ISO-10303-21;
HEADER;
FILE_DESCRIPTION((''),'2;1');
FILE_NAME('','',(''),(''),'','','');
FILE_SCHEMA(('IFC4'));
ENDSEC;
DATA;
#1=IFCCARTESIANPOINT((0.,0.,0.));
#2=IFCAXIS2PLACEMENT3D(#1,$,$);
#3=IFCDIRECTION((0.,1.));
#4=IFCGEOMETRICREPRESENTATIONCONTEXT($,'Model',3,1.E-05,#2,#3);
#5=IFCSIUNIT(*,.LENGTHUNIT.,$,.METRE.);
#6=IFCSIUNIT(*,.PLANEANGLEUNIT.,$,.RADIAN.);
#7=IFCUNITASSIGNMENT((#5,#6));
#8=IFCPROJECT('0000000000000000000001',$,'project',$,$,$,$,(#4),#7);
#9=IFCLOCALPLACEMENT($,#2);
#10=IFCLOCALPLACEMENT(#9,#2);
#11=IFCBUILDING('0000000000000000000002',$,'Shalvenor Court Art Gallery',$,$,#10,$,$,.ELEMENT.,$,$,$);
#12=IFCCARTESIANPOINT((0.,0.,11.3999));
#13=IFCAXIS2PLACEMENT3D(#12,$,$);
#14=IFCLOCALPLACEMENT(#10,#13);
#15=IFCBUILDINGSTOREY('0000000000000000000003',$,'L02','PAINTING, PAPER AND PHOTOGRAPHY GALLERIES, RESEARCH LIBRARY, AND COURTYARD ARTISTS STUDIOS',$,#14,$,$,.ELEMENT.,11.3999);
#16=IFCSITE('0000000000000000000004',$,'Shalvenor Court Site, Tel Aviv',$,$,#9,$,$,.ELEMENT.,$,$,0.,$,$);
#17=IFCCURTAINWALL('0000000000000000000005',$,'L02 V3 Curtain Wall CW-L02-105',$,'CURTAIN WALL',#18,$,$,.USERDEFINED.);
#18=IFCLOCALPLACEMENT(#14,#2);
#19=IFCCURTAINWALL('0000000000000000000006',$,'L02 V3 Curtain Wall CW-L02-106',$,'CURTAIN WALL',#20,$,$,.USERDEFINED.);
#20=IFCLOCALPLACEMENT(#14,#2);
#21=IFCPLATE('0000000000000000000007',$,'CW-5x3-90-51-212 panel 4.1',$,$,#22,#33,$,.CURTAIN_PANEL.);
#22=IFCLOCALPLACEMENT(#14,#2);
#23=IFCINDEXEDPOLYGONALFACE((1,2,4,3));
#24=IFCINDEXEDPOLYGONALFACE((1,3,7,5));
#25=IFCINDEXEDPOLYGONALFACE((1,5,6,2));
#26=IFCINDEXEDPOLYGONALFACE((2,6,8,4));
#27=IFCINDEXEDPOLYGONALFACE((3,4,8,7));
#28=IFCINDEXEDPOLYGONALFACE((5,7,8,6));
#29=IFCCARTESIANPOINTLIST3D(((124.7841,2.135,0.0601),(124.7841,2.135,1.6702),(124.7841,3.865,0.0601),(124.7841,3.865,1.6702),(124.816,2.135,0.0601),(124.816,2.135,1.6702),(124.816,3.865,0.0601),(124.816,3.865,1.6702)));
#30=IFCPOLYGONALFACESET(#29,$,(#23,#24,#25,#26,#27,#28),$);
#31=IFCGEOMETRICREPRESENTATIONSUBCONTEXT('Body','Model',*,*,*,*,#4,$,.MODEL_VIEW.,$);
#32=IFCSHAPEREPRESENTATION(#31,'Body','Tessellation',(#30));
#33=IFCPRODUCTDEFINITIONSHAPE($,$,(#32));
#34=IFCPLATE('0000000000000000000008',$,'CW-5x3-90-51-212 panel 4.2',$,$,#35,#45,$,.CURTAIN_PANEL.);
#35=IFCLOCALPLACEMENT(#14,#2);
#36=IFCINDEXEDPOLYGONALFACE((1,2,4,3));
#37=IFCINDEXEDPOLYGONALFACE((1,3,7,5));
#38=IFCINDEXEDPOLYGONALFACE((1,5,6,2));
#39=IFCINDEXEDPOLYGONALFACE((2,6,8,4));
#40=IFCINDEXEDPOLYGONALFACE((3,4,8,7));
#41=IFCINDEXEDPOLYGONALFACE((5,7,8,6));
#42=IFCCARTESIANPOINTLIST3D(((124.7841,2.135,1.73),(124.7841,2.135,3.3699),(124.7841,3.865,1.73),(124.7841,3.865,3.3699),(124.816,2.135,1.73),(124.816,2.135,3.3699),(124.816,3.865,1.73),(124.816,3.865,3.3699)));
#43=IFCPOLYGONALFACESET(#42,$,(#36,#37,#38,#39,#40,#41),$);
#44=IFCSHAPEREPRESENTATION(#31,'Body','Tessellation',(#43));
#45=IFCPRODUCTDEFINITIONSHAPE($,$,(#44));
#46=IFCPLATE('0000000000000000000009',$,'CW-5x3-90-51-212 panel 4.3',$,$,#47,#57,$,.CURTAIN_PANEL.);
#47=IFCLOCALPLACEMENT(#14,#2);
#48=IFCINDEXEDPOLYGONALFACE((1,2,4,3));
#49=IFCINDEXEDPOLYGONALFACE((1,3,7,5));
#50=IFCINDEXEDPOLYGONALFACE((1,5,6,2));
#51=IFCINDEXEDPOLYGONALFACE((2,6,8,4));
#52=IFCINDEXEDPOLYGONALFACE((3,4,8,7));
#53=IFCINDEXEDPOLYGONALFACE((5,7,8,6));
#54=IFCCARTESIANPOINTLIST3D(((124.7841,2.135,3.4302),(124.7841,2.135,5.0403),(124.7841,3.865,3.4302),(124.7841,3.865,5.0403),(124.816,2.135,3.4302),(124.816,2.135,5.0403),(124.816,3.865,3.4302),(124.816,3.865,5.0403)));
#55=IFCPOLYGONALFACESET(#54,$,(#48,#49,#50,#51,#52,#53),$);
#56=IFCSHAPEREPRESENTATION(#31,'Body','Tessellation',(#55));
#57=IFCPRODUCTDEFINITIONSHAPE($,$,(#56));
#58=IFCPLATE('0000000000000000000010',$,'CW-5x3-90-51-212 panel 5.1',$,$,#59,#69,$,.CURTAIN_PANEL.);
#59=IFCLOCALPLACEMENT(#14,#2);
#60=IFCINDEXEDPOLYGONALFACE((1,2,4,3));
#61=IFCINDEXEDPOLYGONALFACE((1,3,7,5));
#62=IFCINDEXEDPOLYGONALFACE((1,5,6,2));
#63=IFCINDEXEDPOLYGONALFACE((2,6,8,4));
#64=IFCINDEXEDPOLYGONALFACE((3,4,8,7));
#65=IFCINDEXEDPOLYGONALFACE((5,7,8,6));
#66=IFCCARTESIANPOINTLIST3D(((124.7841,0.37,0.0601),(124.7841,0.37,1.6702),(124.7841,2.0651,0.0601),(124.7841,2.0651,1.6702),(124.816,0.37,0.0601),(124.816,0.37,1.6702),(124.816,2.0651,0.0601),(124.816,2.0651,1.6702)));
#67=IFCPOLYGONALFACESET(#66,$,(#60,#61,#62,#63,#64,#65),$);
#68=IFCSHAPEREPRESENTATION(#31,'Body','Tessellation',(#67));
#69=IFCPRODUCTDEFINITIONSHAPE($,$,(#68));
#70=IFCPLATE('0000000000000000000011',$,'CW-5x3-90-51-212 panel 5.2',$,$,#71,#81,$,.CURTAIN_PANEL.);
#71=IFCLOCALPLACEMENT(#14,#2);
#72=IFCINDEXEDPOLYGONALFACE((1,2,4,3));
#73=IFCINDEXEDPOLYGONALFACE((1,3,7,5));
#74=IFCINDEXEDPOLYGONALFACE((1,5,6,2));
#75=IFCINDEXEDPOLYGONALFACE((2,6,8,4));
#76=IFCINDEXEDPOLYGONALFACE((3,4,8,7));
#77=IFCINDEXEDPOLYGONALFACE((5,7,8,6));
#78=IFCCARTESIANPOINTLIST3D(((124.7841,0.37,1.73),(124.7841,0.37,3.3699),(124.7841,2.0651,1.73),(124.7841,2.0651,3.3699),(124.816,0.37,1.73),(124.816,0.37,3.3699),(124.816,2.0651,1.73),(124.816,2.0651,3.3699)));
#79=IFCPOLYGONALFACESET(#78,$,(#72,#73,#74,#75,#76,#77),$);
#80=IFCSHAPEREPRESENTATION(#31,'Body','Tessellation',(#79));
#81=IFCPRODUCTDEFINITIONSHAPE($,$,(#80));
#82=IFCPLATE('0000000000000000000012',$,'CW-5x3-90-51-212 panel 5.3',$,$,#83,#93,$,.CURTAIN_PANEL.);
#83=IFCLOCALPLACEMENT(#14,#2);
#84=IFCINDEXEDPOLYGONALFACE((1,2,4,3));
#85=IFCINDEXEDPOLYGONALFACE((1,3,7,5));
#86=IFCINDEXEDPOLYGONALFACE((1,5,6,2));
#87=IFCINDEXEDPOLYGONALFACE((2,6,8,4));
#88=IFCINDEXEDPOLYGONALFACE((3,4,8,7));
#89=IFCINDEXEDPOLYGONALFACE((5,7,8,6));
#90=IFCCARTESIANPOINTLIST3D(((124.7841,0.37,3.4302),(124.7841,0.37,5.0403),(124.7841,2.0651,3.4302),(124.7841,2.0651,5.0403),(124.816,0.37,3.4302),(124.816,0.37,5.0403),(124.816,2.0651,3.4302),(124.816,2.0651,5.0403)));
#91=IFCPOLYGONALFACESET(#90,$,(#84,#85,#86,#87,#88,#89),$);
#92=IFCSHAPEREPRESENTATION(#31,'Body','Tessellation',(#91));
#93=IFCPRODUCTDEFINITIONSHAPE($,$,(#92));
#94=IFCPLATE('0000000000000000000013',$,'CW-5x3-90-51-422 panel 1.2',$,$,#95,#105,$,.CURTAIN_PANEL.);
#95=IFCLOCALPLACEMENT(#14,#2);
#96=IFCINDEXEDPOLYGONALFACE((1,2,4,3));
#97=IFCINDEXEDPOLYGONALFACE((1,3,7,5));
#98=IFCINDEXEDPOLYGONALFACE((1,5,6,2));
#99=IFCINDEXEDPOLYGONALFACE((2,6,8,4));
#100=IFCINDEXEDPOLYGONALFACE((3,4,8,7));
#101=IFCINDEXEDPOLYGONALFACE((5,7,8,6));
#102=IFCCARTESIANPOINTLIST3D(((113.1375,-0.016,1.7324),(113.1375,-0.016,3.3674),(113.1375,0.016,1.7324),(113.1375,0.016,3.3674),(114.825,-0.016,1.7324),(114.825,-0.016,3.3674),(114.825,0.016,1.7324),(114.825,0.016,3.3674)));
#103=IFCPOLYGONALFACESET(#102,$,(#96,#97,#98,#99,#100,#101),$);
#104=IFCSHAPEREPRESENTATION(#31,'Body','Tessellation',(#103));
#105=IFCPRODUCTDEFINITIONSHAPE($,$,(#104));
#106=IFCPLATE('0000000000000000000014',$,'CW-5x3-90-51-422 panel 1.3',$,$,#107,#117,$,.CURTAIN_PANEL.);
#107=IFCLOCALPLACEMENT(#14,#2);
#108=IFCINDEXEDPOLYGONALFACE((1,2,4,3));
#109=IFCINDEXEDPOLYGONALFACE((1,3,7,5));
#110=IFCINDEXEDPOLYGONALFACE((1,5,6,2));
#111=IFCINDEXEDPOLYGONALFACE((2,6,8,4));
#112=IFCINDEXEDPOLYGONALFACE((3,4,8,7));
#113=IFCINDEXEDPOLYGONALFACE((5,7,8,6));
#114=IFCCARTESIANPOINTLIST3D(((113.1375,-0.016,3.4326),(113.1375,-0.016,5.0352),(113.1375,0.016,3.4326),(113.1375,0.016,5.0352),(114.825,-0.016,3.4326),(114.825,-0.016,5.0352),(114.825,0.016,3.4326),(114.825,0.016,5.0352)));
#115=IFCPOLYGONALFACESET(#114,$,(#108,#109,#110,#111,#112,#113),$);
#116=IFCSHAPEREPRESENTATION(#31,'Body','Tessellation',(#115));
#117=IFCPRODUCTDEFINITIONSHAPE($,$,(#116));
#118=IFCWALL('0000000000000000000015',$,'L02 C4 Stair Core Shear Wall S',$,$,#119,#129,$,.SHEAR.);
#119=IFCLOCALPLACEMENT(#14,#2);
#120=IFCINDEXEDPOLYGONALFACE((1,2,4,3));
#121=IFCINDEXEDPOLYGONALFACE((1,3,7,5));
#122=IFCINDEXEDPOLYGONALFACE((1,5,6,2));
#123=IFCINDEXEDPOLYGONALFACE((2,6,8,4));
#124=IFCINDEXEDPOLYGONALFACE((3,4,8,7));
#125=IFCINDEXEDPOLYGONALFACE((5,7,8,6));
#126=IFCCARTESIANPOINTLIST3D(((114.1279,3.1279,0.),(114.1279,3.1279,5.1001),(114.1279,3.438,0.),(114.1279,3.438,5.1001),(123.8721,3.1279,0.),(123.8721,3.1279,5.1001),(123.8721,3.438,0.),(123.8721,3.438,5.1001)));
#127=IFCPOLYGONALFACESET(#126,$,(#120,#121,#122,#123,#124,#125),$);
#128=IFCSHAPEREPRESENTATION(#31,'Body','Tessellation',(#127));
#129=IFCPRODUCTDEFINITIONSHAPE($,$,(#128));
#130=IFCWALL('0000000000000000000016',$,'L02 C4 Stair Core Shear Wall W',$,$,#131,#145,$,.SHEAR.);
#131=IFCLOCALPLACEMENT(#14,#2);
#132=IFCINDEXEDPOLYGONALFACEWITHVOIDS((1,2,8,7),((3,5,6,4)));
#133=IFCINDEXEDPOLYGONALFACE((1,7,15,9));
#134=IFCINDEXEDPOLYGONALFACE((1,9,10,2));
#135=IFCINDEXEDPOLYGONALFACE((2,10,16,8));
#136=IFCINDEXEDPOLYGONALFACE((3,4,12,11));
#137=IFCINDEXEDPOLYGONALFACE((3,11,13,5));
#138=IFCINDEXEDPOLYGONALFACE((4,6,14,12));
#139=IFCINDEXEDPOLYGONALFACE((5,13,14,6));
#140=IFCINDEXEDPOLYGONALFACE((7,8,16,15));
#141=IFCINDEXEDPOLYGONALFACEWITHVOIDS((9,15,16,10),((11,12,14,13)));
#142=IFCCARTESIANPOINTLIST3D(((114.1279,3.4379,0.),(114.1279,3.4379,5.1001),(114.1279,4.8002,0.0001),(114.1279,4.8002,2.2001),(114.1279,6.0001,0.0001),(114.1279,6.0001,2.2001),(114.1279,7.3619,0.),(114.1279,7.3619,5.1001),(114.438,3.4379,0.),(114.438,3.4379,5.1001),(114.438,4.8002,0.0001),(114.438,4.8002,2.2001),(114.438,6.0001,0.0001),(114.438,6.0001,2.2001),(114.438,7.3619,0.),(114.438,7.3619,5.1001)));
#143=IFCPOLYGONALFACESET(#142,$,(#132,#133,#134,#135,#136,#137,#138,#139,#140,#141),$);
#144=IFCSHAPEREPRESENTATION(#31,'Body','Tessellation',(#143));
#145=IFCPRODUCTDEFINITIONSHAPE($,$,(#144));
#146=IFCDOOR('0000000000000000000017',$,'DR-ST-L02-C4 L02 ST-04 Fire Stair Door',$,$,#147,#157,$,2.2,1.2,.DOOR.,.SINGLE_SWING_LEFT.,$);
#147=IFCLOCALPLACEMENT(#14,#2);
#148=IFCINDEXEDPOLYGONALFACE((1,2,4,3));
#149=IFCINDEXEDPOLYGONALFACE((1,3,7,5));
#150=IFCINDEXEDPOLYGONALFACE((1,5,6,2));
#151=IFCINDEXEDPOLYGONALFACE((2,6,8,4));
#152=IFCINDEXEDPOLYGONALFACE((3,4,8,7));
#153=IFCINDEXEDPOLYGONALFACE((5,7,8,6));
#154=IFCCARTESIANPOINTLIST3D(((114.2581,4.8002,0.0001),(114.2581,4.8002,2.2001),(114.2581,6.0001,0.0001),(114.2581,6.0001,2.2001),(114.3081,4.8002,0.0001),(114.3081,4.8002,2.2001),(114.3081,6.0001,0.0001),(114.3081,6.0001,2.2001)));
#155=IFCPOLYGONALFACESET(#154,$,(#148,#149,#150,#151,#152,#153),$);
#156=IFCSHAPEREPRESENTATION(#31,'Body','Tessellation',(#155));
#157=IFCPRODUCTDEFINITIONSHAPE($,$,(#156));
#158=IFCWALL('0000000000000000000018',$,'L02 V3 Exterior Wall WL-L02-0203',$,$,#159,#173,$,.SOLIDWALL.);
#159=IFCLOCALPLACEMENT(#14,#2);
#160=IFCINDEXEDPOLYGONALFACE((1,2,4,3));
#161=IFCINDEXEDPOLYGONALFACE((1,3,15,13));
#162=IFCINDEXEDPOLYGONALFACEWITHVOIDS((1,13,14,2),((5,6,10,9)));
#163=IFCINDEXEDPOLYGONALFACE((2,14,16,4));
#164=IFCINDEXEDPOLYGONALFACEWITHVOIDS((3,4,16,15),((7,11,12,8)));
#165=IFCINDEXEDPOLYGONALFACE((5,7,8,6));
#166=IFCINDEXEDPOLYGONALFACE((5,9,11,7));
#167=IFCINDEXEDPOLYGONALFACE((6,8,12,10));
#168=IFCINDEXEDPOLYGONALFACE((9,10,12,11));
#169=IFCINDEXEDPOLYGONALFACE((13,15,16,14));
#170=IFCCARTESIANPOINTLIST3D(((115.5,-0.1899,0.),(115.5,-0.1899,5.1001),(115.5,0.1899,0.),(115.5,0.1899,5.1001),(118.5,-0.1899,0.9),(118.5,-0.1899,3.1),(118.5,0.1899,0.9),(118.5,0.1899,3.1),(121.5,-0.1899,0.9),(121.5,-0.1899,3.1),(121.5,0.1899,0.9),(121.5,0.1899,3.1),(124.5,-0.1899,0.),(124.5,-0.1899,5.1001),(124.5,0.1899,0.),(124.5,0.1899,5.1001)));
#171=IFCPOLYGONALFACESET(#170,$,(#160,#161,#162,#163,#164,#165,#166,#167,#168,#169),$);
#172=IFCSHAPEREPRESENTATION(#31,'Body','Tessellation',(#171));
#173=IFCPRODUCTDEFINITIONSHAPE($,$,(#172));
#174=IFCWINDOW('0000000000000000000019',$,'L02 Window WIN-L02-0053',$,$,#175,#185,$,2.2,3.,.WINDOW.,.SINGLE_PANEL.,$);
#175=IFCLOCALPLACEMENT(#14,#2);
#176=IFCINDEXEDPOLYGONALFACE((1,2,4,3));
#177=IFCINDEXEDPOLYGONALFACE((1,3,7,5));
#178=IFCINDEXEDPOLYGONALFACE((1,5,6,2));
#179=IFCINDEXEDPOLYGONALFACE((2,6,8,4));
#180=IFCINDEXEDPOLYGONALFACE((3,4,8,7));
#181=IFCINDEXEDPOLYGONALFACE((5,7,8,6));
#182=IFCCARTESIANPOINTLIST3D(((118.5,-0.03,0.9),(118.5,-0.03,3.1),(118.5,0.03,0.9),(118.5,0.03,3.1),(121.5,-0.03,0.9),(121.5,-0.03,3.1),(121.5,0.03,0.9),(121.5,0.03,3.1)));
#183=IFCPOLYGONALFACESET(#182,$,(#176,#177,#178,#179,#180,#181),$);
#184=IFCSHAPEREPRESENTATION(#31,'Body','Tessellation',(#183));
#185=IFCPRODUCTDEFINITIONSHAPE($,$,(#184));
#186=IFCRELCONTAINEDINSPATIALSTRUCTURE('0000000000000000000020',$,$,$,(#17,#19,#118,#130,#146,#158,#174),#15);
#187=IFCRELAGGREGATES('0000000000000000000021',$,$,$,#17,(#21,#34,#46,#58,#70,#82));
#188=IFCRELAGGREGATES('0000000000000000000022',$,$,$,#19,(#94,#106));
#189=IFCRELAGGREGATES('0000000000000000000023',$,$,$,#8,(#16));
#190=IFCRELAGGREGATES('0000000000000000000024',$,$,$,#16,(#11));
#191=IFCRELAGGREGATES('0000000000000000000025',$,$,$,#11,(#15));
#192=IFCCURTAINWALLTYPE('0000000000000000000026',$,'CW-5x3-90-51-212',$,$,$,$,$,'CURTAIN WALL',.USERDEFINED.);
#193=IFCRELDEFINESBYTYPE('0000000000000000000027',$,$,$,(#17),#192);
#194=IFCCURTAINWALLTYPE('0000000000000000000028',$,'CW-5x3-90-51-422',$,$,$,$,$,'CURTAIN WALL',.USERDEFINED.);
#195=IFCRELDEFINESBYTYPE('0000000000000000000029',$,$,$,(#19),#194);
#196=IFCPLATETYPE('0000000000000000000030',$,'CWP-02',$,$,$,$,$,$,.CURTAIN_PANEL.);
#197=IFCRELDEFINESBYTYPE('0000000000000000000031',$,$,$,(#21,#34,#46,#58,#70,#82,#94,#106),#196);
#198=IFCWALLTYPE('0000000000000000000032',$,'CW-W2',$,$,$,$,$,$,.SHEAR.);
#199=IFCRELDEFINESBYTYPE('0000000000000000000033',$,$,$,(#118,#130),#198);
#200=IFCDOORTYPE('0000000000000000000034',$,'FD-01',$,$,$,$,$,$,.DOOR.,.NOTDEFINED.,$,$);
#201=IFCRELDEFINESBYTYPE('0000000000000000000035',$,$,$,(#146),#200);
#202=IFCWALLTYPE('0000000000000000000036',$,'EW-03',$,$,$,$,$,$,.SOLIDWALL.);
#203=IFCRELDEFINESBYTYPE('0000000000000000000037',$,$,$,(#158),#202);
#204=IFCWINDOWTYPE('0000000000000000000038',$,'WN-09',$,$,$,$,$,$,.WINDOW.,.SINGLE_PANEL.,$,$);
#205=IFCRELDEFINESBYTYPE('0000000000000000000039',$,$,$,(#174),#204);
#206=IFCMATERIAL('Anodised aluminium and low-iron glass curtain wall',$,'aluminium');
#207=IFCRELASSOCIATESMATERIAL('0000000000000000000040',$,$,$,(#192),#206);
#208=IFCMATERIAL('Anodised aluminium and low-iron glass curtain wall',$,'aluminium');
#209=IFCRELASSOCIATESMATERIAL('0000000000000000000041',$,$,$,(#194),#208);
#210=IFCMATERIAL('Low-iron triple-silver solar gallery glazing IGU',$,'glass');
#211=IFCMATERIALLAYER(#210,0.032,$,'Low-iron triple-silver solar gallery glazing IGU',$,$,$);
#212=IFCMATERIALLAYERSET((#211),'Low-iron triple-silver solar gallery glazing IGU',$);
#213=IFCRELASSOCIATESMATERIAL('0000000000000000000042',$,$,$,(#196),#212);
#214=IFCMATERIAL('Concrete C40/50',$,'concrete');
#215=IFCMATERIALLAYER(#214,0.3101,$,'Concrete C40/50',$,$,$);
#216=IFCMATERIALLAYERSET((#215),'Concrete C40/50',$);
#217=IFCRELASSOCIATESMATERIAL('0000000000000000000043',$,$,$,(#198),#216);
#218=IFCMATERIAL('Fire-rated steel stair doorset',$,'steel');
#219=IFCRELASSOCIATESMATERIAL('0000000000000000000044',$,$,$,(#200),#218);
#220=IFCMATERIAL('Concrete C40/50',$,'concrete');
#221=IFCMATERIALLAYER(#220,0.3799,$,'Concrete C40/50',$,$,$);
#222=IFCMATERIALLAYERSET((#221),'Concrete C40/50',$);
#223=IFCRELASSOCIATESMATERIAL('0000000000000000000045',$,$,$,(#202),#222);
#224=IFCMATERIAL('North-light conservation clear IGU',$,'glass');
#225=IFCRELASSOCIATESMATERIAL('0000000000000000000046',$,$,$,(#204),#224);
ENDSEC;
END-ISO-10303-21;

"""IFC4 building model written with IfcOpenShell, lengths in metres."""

from ifc_helpers import new_model, si_unit, direction, frame, frame_2d, origin, origin_2d, place, context, subcontext, project, spatial, rectangle, extrude, material, layer, layer_set, type_object, element, fill, aggregate, save


model = new_model("IFC4")

# Units and contexts
model_context = context("Model", 3, precision=1e-05, world=origin(), true_north=direction((0.0, 1.0)))
body_context = subcontext(model_context, "Body", "Model", "MODEL_VIEW")
ifc_project = project(units=[si_unit("LENGTHUNIT", "METRE"), si_unit("PLANEANGLEUNIT", "RADIAN")], contexts=[model_context])

# Site, building, storey
site_placement = place(None, origin())
site = spatial("IfcSite", under=ifc_project, at=site_placement, Name="Shalvenor Court Site, Tel Aviv", CompositionType="ELEMENT", RefElevation=0.0)
building_placement = place(site_placement, origin())
building = spatial("IfcBuilding", under=site, at=building_placement, Name="Shalvenor Court Art Gallery", CompositionType="ELEMENT")
storey_placement = place(building_placement, frame((0.0, 0.0, 11.3999)))
storey = spatial("IfcBuildingStorey", under=building, at=storey_placement, Name="L02", Description="PAINTING, PAPER AND PHOTOGRAPHY GALLERIES, RESEARCH LIBRARY, AND COURTYARD ARTISTS STUDIOS", CompositionType="ELEMENT", Elevation=11.3999)

# Curtain walls
ifc_material_1 = material(Name="Anodised aluminium and low-iron glass curtain wall", Category="aluminium")
curtain_wall_type_1 = type_object("IfcCurtainWallType", Name="CW-5x3-90-51-212", ElementType="CURTAIN WALL", PredefinedType="USERDEFINED", material=ifc_material_1)
curtain_wall_1_placement = place(storey_placement, origin())
curtain_wall_1 = element("IfcCurtainWall", 1, at=curtain_wall_1_placement, inside=storey, type_object=curtain_wall_type_1, Name="L02 V3 Curtain Wall CW-L02-105", ObjectType="CURTAIN WALL", PredefinedType="USERDEFINED")
ifc_material_2 = material(Name="Anodised aluminium and low-iron glass curtain wall", Category="aluminium")
curtain_wall_type_2 = type_object("IfcCurtainWallType", Name="CW-5x3-90-51-422", ElementType="CURTAIN WALL", PredefinedType="USERDEFINED", material=ifc_material_2)
curtain_wall_2_placement = place(storey_placement, origin())
curtain_wall_2 = element("IfcCurtainWall", 2, at=curtain_wall_2_placement, inside=storey, type_object=curtain_wall_type_2, Name="L02 V3 Curtain Wall CW-L02-106", ObjectType="CURTAIN WALL", PredefinedType="USERDEFINED")

# Plates
ifc_material_3 = material(Name="Low-iron triple-silver solar gallery glazing IGU", Category="glass")
ifc_layer_1 = layer(ifc_material_3, 0.032, Name="Low-iron triple-silver solar gallery glazing IGU")
ifc_layer_set_1 = layer_set([ifc_layer_1], Name="Low-iron triple-silver solar gallery glazing IGU")
plate_type = type_object("IfcPlateType", Name="CWP-02", PredefinedType="CURTAIN_PANEL", material=ifc_layer_set_1)
plate_1_placement = place(storey_placement, frame((124.8, 3.0, 0.0601), z_axis=(0.0, 0.0, 1.0), x_axis=(0.0, -1.0, 0.0)))
plate_1 = element("IfcPlate", 3, at=plate_1_placement, type_object=plate_type, Name="CW-5x3-90-51-212 panel 4.1", PredefinedType="CURTAIN_PANEL", context=body_context, shape_type="SweptSolid", body=[
    extrude(rectangle(XDim=1.73, YDim=0.032, at=origin_2d()), origin(), (0.0, 0.0, 1.0), 1.6101),
])
plate_2_placement = place(storey_placement, frame((124.8, 3.0, 1.73), z_axis=(0.0, 0.0, 1.0), x_axis=(0.0, -1.0, 0.0)))
plate_2 = element("IfcPlate", 4, at=plate_2_placement, type_object=plate_type, Name="CW-5x3-90-51-212 panel 4.2", PredefinedType="CURTAIN_PANEL", context=body_context, shape_type="SweptSolid", body=[
    extrude(rectangle(XDim=1.73, YDim=0.032, at=origin_2d()), origin(), (0.0, 0.0, 1.0), 1.6399),
])
plate_3_placement = place(storey_placement, frame((124.8, 3.0, 3.4302), z_axis=(0.0, 0.0, 1.0), x_axis=(0.0, -1.0, 0.0)))
plate_3 = element("IfcPlate", 5, at=plate_3_placement, type_object=plate_type, Name="CW-5x3-90-51-212 panel 4.3", PredefinedType="CURTAIN_PANEL", context=body_context, shape_type="SweptSolid", body=[
    extrude(rectangle(XDim=1.73, YDim=0.032, at=origin_2d()), origin(), (0.0, 0.0, 1.0), 1.6101),
])
plate_4_placement = place(storey_placement, frame((124.8, 1.2175, 0.0601), z_axis=(0.0, 0.0, 1.0), x_axis=(0.0, -1.0, 0.0)))
plate_4 = element("IfcPlate", 6, at=plate_4_placement, type_object=plate_type, Name="CW-5x3-90-51-212 panel 5.1", PredefinedType="CURTAIN_PANEL", context=body_context, shape_type="SweptSolid", body=[
    extrude(rectangle(XDim=1.6951, YDim=0.032, at=origin_2d()), origin(), (0.0, 0.0, 1.0), 1.6101),
])
plate_5_placement = place(storey_placement, frame((124.8, 1.2175, 1.73), z_axis=(0.0, 0.0, 1.0), x_axis=(0.0, -1.0, 0.0)))
plate_5 = element("IfcPlate", 7, at=plate_5_placement, type_object=plate_type, Name="CW-5x3-90-51-212 panel 5.2", PredefinedType="CURTAIN_PANEL", context=body_context, shape_type="SweptSolid", body=[
    extrude(rectangle(XDim=1.6951, YDim=0.032, at=origin_2d()), origin(), (0.0, 0.0, 1.0), 1.6399),
])
plate_6_placement = place(storey_placement, frame((124.8, 1.2175, 3.4302), z_axis=(0.0, 0.0, 1.0), x_axis=(0.0, -1.0, 0.0)))
plate_6 = element("IfcPlate", 8, at=plate_6_placement, type_object=plate_type, Name="CW-5x3-90-51-212 panel 5.3", PredefinedType="CURTAIN_PANEL", context=body_context, shape_type="SweptSolid", body=[
    extrude(rectangle(XDim=1.6951, YDim=0.032, at=origin_2d()), origin(), (0.0, 0.0, 1.0), 1.6101),
])
aggregate(curtain_wall_1, [plate_1, plate_2, plate_3, plate_4, plate_5, plate_6])
plate_7_placement = place(storey_placement, frame((113.9812, 0.0, 1.7324), z_axis=(0.0, 0.0, 1.0), x_axis=(-1.0, 0.0, 0.0)))
plate_7 = element("IfcPlate", 9, at=plate_7_placement, type_object=plate_type, Name="CW-5x3-90-51-422 panel 1.2", PredefinedType="CURTAIN_PANEL", context=body_context, shape_type="SweptSolid", body=[
    extrude(rectangle(XDim=1.6875, YDim=0.032, at=origin_2d()), origin(), (0.0, 0.0, 1.0), 1.635),
])
plate_8_placement = place(storey_placement, frame((113.9812, 0.0, 3.4326), z_axis=(0.0, 0.0, 1.0), x_axis=(-1.0, 0.0, 0.0)))
plate_8 = element("IfcPlate", 10, at=plate_8_placement, type_object=plate_type, Name="CW-5x3-90-51-422 panel 1.3", PredefinedType="CURTAIN_PANEL", context=body_context, shape_type="SweptSolid", body=[
    extrude(rectangle(XDim=1.6875, YDim=0.032, at=origin_2d()), origin(), (0.0, 0.0, 1.0), 1.6025),
])
aggregate(curtain_wall_2, [plate_7, plate_8])

# Wall
ifc_material_4 = material(Name="Concrete C40/50", Category="concrete")
ifc_layer_2 = layer(ifc_material_4, 0.3101, Name="Concrete C40/50")
ifc_layer_set_2 = layer_set([ifc_layer_2], Name="Concrete C40/50")
wall_type_1 = type_object("IfcWallType", Name="CW-W2", PredefinedType="SHEAR", material=ifc_layer_set_2)
wall_1_placement = place(storey_placement, frame((123.8721, 3.283, 0.0), z_axis=(0.0, 0.0, 1.0), x_axis=(-1.0, 0.0, 0.0)))
element("IfcWall", 11, at=wall_1_placement, inside=storey, type_object=wall_type_1, Name="L02 C4 Stair Core Shear Wall S", PredefinedType="SHEAR", context=body_context, shape_type="SweptSolid", body=[
    extrude(rectangle(XDim=9.7441, YDim=0.3101, at=frame_2d((4.8721, 0.0))), origin(), (0.0, 0.0, 1.0), 5.1001),
])

# Wall, opening, door
wall_2_placement = place(storey_placement, frame((114.283, 3.438, 0.0), z_axis=(0.0, 0.0, 1.0), x_axis=(0.0, 1.0, 0.0)))
wall_2 = element("IfcWall", 12, at=wall_2_placement, inside=storey, type_object=wall_type_1, Name="L02 C4 Stair Core Shear Wall W", PredefinedType="SHEAR", context=body_context, shape_type="SweptSolid", body=[
    extrude(rectangle(XDim=3.9241, YDim=0.3101, at=frame_2d((1.9619, 0.0))), origin(), (0.0, 0.0, 1.0), 5.1001),
])
opening_1_placement = place(wall_2_placement, frame((1.3621, 0.0, 0.0)))
opening_1 = element("IfcOpeningElement", 13, at=opening_1_placement, cuts=wall_2, PredefinedType="OPENING", context=body_context, shape_type="SweptSolid", body=[
    extrude(rectangle(XDim=1.2, YDim=2.2, at=frame_2d((0.6001, 1.1001))), frame((0.0, 0.165, 0.0), z_axis=(0.0, -1.0, 0.0), x_axis=(1.0, 0.0, 0.0)), (0.0, 0.0, 1.0), 0.3301),
])
ifc_material_5 = material(Name="Fire-rated steel stair doorset", Category="steel")
door_type = type_object("IfcDoorType", Name="FD-01", OperationType="NOTDEFINED", PredefinedType="DOOR", material=ifc_material_5)
door_placement = place(opening_1_placement, origin())
door = element("IfcDoor", 14, at=door_placement, inside=storey, type_object=door_type, Name="DR-ST-L02-C4 L02 ST-04 Fire Stair Door", OperationType="SINGLE_SWING_LEFT", OverallHeight=2.2, OverallWidth=1.2, PredefinedType="DOOR", context=body_context, shape_type="SweptSolid", body=[
    extrude(rectangle(XDim=1.2, YDim=2.2, at=frame_2d((0.6001, 1.1001))), frame((0.0, 0.0249, 0.0), z_axis=(0.0, -1.0, 0.0), x_axis=(1.0, 0.0, 0.0)), (0.0, 0.0, 1.0), 0.05),
])
fill(opening_1, door)

# Wall, opening, window
ifc_material_6 = material(Name="Concrete C40/50", Category="concrete")
ifc_layer_3 = layer(ifc_material_6, 0.3799, Name="Concrete C40/50")
ifc_layer_set_3 = layer_set([ifc_layer_3], Name="Concrete C40/50")
wall_type_2 = type_object("IfcWallType", Name="EW-03", PredefinedType="SOLIDWALL", material=ifc_layer_set_3)
wall_3_placement = place(storey_placement, frame((124.5, 0.0, 0.0), z_axis=(0.0, 0.0, 1.0), x_axis=(-1.0, 0.0, 0.0)))
wall_3 = element("IfcWall", 15, at=wall_3_placement, inside=storey, type_object=wall_type_2, Name="L02 V3 Exterior Wall WL-L02-0203", PredefinedType="SOLIDWALL", context=body_context, shape_type="SweptSolid", body=[
    extrude(rectangle(XDim=9.0, YDim=0.3799, at=frame_2d((4.5, 0.0))), origin(), (0.0, 0.0, 1.0), 5.1001),
])
opening_2_placement = place(wall_3_placement, frame((3.0, 0.0, 0.8999)))
opening_2 = element("IfcOpeningElement", 16, at=opening_2_placement, cuts=wall_3, PredefinedType="OPENING", context=body_context, shape_type="SweptSolid", body=[
    extrude(rectangle(XDim=3.0, YDim=2.2, at=frame_2d((1.5, 1.1001))), frame((0.0, 0.2, 0.0), z_axis=(0.0, -1.0, 0.0), x_axis=(1.0, 0.0, 0.0)), (0.0, 0.0, 1.0), 0.3999),
])
ifc_material_7 = material(Name="North-light conservation clear IGU", Category="glass")
window_type = type_object("IfcWindowType", Name="WN-09", PartitioningType="SINGLE_PANEL", PredefinedType="WINDOW", material=ifc_material_7)
window_placement = place(opening_2_placement, origin())
window = element("IfcWindow", 17, at=window_placement, inside=storey, type_object=window_type, Name="L02 Window WIN-L02-0053", OverallHeight=2.2, OverallWidth=3.0, PartitioningType="SINGLE_PANEL", PredefinedType="WINDOW", context=body_context, shape_type="SweptSolid", body=[
    extrude(rectangle(XDim=3.0, YDim=2.2, at=frame_2d((1.5, 1.1001))), frame((0.0, 0.03, 0.0), z_axis=(0.0, -1.0, 0.0), x_axis=(1.0, 0.0, 0.0)), (0.0, 0.0, 1.0), 0.0601),
])
fill(opening_2, window)

save(model, "model.ifc")
